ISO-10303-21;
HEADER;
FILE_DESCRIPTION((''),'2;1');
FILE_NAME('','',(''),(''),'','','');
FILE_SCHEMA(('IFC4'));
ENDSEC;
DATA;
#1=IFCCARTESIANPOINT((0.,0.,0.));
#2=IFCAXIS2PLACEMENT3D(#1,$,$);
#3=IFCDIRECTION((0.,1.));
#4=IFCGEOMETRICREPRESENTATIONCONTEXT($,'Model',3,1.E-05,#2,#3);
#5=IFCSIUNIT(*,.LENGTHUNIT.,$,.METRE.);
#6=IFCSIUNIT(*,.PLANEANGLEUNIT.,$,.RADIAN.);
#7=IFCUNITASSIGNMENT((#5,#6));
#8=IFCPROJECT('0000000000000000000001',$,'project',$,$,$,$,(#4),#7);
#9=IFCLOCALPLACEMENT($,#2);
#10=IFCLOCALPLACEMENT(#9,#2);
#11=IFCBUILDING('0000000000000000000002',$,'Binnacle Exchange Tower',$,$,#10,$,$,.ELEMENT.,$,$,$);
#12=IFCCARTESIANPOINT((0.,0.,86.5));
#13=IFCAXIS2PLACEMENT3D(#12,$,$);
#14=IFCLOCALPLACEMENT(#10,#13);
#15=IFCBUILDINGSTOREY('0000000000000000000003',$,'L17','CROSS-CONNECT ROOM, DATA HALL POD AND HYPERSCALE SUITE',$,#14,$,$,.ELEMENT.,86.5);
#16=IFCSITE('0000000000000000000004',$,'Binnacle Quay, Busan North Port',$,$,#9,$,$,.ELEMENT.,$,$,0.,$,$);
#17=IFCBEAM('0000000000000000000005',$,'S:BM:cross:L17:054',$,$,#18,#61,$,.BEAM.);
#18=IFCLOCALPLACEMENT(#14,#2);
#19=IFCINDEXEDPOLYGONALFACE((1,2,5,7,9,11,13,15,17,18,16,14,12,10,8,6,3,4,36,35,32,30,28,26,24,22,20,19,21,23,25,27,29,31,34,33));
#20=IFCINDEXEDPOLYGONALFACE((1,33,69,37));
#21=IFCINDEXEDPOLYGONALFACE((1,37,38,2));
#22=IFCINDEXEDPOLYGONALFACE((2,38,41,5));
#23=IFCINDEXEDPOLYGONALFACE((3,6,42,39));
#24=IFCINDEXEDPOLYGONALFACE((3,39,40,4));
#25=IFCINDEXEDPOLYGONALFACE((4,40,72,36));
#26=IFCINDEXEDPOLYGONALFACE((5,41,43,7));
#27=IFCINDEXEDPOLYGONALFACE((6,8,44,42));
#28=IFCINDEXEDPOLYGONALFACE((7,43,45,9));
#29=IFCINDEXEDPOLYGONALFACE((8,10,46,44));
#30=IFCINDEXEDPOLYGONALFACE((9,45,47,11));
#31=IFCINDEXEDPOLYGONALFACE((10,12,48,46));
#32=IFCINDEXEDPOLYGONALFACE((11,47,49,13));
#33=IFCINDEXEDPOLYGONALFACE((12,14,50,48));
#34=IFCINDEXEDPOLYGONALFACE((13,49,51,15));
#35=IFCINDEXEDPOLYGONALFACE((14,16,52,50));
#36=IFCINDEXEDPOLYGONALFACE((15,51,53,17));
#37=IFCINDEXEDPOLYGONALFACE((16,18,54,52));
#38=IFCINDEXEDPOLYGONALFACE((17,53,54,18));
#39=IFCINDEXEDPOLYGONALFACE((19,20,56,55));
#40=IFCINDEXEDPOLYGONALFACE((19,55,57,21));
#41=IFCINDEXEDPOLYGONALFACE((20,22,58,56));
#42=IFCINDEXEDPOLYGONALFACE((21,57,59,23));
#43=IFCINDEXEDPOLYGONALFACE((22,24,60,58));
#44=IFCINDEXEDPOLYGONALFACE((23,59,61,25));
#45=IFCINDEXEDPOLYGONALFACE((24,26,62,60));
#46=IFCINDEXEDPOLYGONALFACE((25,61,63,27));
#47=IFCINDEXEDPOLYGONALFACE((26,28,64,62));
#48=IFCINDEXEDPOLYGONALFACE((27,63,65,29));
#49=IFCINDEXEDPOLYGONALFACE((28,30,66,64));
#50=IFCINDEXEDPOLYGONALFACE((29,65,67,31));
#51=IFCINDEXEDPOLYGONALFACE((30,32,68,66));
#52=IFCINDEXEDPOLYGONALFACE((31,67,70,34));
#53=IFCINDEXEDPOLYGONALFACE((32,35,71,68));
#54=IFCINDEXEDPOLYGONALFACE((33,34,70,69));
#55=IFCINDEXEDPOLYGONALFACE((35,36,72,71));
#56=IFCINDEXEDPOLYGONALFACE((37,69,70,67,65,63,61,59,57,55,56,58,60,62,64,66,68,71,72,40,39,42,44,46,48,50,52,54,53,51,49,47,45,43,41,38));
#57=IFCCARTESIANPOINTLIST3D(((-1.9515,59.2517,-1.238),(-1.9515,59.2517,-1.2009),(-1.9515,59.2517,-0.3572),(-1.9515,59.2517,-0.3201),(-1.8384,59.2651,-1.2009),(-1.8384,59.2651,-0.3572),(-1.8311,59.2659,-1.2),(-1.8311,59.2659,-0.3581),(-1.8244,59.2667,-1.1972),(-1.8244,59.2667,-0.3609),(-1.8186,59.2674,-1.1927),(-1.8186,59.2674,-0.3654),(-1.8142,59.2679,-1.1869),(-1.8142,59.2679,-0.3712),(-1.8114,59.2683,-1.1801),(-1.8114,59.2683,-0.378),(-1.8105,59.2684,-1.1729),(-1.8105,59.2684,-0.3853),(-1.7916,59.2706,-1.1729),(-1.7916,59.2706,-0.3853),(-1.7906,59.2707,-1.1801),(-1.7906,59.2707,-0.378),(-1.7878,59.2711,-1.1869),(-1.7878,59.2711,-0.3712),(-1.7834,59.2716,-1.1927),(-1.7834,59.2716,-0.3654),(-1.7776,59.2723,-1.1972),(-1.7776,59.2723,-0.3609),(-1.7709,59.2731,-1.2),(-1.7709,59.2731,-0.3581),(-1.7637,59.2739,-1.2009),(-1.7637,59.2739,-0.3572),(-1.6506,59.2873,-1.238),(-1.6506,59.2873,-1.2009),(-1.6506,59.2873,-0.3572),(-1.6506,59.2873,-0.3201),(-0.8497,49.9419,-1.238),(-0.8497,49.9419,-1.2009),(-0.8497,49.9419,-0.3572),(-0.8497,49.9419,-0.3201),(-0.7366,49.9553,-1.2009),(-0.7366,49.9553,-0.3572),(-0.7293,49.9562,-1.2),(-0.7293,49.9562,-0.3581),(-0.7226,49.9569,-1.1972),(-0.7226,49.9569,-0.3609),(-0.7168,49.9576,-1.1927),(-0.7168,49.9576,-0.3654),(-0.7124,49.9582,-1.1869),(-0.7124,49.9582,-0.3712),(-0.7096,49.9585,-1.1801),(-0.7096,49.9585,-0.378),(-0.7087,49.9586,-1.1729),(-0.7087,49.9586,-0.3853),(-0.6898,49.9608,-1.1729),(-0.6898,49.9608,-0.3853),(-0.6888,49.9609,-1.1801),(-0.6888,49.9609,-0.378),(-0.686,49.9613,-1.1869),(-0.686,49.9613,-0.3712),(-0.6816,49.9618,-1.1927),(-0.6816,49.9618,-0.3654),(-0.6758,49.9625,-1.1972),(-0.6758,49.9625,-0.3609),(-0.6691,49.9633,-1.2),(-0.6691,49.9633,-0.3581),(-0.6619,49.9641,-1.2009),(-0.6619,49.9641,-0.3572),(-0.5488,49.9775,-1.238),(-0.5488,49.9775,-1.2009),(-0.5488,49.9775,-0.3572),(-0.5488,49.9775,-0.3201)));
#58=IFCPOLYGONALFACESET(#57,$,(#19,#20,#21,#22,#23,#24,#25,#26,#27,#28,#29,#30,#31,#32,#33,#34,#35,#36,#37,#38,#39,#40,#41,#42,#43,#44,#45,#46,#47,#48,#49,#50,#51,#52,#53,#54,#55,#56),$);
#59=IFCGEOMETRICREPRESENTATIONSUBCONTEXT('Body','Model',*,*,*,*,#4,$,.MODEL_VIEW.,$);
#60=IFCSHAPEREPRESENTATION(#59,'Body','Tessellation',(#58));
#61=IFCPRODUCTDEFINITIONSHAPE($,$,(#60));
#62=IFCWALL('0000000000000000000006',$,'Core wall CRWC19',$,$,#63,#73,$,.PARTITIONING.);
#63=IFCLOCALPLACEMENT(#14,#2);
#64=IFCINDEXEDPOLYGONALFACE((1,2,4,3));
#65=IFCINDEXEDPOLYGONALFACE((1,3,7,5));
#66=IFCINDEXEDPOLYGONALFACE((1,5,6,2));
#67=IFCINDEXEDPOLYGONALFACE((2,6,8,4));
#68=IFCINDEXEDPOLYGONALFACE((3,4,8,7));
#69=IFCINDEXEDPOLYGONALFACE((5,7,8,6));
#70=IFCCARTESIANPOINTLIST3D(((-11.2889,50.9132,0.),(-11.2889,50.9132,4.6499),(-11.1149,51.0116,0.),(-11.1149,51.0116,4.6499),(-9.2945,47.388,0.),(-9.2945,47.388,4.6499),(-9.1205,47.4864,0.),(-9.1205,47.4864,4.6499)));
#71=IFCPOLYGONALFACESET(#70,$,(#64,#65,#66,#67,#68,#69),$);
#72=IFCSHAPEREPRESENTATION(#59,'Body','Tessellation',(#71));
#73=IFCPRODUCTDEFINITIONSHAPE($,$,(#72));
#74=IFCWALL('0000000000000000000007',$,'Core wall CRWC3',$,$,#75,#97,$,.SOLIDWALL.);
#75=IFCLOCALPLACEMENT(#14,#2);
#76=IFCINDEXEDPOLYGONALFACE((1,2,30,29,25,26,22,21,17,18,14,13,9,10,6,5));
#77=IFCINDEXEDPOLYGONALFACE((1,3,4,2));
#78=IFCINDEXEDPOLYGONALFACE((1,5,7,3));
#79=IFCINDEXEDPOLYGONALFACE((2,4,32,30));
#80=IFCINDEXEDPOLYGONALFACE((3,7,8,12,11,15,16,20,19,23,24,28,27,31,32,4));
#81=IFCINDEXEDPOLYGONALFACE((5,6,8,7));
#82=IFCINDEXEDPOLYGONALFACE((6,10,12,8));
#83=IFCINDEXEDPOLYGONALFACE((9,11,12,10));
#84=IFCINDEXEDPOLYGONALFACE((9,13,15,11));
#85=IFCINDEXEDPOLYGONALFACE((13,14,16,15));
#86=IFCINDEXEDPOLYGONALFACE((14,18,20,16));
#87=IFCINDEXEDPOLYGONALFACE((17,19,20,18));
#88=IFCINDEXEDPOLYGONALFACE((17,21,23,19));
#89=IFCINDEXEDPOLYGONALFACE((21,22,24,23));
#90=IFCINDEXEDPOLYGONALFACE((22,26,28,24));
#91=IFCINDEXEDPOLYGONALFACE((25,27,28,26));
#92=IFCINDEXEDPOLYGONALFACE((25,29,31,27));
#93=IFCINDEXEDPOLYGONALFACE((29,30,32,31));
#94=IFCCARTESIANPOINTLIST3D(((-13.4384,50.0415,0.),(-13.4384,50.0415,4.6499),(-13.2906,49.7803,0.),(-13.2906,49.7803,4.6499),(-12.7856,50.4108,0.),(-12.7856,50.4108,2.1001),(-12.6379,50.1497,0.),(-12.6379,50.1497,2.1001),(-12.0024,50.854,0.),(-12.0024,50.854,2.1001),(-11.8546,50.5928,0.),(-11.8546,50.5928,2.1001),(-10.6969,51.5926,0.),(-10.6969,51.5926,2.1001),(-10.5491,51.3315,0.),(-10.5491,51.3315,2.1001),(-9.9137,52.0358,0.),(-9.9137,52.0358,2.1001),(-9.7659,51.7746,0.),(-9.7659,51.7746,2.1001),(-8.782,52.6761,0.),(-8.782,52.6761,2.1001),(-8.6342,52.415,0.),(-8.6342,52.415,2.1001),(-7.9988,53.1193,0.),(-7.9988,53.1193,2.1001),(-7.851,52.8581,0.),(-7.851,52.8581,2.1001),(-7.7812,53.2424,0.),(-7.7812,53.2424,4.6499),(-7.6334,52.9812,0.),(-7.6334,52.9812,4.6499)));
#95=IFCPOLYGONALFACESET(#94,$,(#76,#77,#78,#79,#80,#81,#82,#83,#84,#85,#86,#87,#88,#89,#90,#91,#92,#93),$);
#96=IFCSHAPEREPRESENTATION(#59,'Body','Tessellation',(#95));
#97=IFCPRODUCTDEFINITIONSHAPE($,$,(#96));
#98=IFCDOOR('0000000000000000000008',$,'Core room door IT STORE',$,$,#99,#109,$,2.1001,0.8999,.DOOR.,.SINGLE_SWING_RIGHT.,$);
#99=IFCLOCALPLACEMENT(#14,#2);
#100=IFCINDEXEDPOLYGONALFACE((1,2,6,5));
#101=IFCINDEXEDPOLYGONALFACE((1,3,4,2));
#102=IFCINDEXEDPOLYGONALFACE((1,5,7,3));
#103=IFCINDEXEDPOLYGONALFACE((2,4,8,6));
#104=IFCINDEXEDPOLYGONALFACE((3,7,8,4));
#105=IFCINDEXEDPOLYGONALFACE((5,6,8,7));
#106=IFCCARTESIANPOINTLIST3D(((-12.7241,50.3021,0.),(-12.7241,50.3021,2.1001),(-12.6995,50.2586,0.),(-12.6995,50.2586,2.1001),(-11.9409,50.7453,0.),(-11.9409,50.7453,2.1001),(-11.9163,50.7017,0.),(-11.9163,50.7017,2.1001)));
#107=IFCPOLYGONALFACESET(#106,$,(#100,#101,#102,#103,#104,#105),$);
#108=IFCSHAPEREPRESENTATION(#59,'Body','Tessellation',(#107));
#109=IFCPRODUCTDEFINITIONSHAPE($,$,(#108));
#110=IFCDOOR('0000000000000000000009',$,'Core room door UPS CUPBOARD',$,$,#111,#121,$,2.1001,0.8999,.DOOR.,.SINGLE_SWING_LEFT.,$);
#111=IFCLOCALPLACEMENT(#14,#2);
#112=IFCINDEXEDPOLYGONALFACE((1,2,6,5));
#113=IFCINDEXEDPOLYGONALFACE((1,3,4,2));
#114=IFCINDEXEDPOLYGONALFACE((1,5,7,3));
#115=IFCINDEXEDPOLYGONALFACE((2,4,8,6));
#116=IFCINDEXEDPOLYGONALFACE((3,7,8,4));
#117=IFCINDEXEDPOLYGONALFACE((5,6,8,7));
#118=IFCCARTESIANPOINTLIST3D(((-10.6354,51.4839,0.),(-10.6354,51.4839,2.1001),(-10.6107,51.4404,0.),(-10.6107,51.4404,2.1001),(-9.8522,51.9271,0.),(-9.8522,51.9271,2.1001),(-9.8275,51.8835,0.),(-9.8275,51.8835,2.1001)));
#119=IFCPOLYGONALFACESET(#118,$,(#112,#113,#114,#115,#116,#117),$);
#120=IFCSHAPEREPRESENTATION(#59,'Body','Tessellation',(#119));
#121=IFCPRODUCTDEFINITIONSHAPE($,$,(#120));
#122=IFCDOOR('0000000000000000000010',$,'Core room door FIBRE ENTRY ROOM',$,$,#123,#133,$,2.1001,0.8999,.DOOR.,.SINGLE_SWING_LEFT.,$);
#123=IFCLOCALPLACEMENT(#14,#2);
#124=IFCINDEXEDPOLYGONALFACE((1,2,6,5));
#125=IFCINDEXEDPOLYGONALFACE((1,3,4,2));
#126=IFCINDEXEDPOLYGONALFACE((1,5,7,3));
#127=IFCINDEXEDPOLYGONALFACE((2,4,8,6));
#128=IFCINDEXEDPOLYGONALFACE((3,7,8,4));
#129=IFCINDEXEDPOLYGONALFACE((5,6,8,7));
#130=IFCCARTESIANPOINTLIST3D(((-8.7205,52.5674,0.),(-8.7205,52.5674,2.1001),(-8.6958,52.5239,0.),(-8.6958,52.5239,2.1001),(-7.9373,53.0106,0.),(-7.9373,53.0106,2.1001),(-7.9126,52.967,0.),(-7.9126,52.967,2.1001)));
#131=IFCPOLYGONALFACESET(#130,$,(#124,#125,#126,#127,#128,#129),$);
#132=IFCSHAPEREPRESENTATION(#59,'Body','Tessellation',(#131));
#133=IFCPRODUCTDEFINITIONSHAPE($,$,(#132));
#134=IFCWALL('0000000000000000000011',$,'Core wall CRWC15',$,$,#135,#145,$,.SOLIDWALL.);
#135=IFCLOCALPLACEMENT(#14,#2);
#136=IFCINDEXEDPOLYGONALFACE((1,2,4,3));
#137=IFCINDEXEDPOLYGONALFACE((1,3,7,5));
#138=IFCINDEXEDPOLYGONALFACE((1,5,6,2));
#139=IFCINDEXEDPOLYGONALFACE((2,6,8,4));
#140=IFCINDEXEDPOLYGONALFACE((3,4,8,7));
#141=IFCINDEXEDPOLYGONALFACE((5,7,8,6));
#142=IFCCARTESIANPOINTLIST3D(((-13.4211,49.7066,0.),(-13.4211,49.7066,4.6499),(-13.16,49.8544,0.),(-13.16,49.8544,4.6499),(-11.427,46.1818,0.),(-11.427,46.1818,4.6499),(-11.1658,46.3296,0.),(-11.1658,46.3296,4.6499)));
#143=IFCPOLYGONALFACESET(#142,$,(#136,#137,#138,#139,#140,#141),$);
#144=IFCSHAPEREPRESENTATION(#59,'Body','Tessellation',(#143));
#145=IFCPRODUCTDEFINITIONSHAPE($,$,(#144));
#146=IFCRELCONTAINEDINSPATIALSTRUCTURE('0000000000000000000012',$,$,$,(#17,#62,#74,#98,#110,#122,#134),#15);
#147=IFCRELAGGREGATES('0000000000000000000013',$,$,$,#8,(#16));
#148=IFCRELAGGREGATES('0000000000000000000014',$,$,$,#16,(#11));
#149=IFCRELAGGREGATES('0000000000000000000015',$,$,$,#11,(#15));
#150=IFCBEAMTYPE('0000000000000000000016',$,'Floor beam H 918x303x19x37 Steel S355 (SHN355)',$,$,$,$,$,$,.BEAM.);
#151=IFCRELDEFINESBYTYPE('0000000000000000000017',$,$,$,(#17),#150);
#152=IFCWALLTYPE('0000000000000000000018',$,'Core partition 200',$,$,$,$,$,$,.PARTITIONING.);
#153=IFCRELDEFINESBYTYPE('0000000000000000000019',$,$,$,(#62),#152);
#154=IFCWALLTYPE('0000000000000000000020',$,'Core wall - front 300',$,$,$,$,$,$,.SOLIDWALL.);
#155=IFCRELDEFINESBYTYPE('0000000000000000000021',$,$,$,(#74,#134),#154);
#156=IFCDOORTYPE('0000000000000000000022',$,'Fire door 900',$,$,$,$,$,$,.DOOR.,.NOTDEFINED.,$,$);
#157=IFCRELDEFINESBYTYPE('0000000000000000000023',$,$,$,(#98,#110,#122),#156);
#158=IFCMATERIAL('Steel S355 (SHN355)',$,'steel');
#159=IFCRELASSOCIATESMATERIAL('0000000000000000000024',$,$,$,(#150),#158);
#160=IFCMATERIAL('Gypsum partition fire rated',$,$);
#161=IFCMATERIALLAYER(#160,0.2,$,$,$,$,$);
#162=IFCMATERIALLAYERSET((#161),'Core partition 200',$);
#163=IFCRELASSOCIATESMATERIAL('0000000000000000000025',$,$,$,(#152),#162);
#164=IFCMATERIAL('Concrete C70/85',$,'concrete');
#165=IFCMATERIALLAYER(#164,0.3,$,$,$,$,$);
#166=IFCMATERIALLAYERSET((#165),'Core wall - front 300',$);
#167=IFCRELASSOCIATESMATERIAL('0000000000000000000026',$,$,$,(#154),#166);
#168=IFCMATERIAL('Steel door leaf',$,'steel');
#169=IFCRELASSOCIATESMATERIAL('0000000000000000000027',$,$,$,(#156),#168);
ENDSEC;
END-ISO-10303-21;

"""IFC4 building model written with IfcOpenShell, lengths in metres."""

from ifc_helpers import new_model, si_unit, direction, frame, frame_2d, origin, origin_2d, place, context, subcontext, project, spatial, rectangle, i_section, extrude, material, layer, layer_set, material_profile, profile_set, type_object, element, fill, save


model = new_model("IFC4")

# Units and contexts
model_context = context("Model", 3, precision=1e-05, world=origin(), true_north=direction((0.0, 1.0)))
body_context = subcontext(model_context, "Body", "Model", "MODEL_VIEW")
ifc_project = project(units=[si_unit("LENGTHUNIT", "METRE"), si_unit("PLANEANGLEUNIT", "RADIAN")], contexts=[model_context])

# Site, building, storey
site_placement = place(None, origin())
site = spatial("IfcSite", under=ifc_project, at=site_placement, Name="Binnacle Quay, Busan North Port", CompositionType="ELEMENT", RefElevation=0.0)
building_placement = place(site_placement, origin())
building = spatial("IfcBuilding", under=site, at=building_placement, Name="Binnacle Exchange Tower", CompositionType="ELEMENT")
storey_placement = place(building_placement, frame((0.0, 0.0, 86.5)))
storey = spatial("IfcBuildingStorey", under=building, at=storey_placement, Name="L17", Description="CROSS-CONNECT ROOM, DATA HALL POD AND HYPERSCALE SUITE", CompositionType="ELEMENT", Elevation=86.5)

# Shared definitions
ifc_material_1 = material(Name="Concrete C70/85", Category="concrete")

# Beam
ifc_material_2 = material(Name="Steel S355 (SHN355)", Category="steel")
ifc_material_profile_1 = material_profile(ifc_material_2, i_section(OverallWidth=0.303, OverallDepth=0.918, WebThickness=0.019, FlangeThickness=0.0371, FilletRadius=0.0281, at=origin_2d()), Name="H 918x303x19x37")
ifc_profile_set_1 = profile_set([ifc_material_profile_1], Name="Steel S355 (SHN355)")
beam_type_1 = type_object("IfcBeamType", Name="Floor beam H 918x303x19x37 Steel S355 (SHN355)", PredefinedType="BEAM", material=ifc_profile_set_1)
beam_1_placement = place(storey_placement, frame((-0.6992, 49.9597, -0.7791), z_axis=(-0.117529, 0.993069, 0.0), x_axis=(-0.993069, -0.117529, 0.0)))
element("IfcBeam", 1, at=beam_1_placement, inside=storey, type_object=beam_type_1, Name="S:BM:cross:L17:054", PredefinedType="BEAM", context=body_context, shape_type="SweptSolid", body=[
    extrude(i_section(OverallWidth=0.303, OverallDepth=0.918, WebThickness=0.019, FlangeThickness=0.0371, FilletRadius=0.0281, at=origin_2d()), origin(), (0.0, 0.0, 1.0), 9.3748),
])

# Wall
ifc_material_3 = material(Name="Gypsum partition fire rated")
ifc_layer_1 = layer(ifc_material_3, 0.2)
ifc_layer_set_1 = layer_set([ifc_layer_1], Name="Core partition 200")
wall_type_1 = type_object("IfcWallType", Name="Core partition 200", PredefinedType="PARTITIONING", material=ifc_layer_set_1)
wall_1_placement = place(storey_placement, frame((-11.2019, 50.9624, 0.0), z_axis=(0.0, 0.0, 1.0), x_axis=(0.492415, -0.870361, 0.0)))
element("IfcWall", 2, at=wall_1_placement, inside=storey, type_object=wall_type_1, Name="Core wall CRWC19", PredefinedType="PARTITIONING", context=body_context, shape_type="SweptSolid", body=[
    extrude(rectangle(XDim=4.0503, YDim=0.2, at=frame_2d((2.0251, 0.0))), origin(), (0.0, 0.0, 1.0), 4.6499),
])

# Wall, openings, doors
ifc_layer_2 = layer(ifc_material_1, 0.3)
ifc_layer_set_2 = layer_set([ifc_layer_2], Name="Core wall - front 300")
wall_type_2 = type_object("IfcWallType", Name="Core wall - front 300", PredefinedType="SOLIDWALL", material=ifc_layer_set_2)
wall_2_placement = place(storey_placement, frame((-13.3645, 49.9109, 0.0), z_axis=(0.0, 0.0, 1.0), x_axis=(0.870341, 0.49245, 0.0)))
wall_2 = element("IfcWall", 3, at=wall_2_placement, inside=storey, type_object=wall_type_2, Name="Core wall CRWC3", PredefinedType="SOLIDWALL", context=body_context, shape_type="SweptSolid", body=[
    extrude(rectangle(XDim=6.5, YDim=0.3, at=frame_2d((3.25, 0.0))), origin(), (0.0, 0.0, 1.0), 4.6499),
])
opening_1_placement = place(wall_2_placement, frame((0.75, 0.0, 0.0)))
opening_1 = element("IfcOpeningElement", 4, at=opening_1_placement, cuts=wall_2, PredefinedType="OPENING", context=body_context, shape_type="SweptSolid", body=[
    extrude(rectangle(XDim=0.8999, YDim=2.1001, at=frame_2d((0.45, 1.05))), frame((0.0, 0.1599, 0.0), z_axis=(0.0, -1.0, 0.0), x_axis=(1.0, 0.0, 0.0)), (0.0, 0.0, 1.0), 0.3201),
])
opening_2_placement = place(wall_2_placement, frame((3.1499, 0.0, 0.0)))
opening_2 = element("IfcOpeningElement", 5, at=opening_2_placement, cuts=wall_2, PredefinedType="OPENING", context=body_context, shape_type="SweptSolid", body=[
    extrude(rectangle(XDim=0.8999, YDim=2.1001, at=frame_2d((0.45, 1.05))), frame((0.0, 0.1599, 0.0), z_axis=(0.0, -1.0, 0.0), x_axis=(1.0, 0.0, 0.0)), (0.0, 0.0, 1.0), 0.3201),
])
opening_3_placement = place(wall_2_placement, frame((5.3501, 0.0, 0.0)))
opening_3 = element("IfcOpeningElement", 6, at=opening_3_placement, cuts=wall_2, PredefinedType="OPENING", context=body_context, shape_type="SweptSolid", body=[
    extrude(rectangle(XDim=0.8999, YDim=2.1001, at=frame_2d((0.45, 1.05))), frame((0.0, 0.1599, 0.0), z_axis=(0.0, -1.0, 0.0), x_axis=(1.0, 0.0, 0.0)), (0.0, 0.0, 1.0), 0.3201),
])
ifc_material_4 = material(Name="Steel door leaf", Category="steel")
door_type = type_object("IfcDoorType", Name="Fire door 900", OperationType="NOTDEFINED", PredefinedType="DOOR", material=ifc_material_4)
door_1_placement = place(opening_1_placement, frame((0.8999, 0.0, 0.0), z_axis=(0.0, 0.0, 1.0), x_axis=(-1.0, 0.0, 0.0)))
door_1 = element("IfcDoor", 7, at=door_1_placement, inside=storey, type_object=door_type, Name="Core room door IT STORE", OperationType="SINGLE_SWING_RIGHT", OverallHeight=2.1001, OverallWidth=0.8999, PredefinedType="DOOR", context=body_context, shape_type="SweptSolid", body=[
    extrude(rectangle(XDim=0.8999, YDim=2.1001, at=frame_2d((0.45, 1.05))), frame((0.0, 0.0249, 0.0), z_axis=(0.0, -1.0, 0.0), x_axis=(1.0, 0.0, 0.0)), (0.0, 0.0, 1.0), 0.05),
])
fill(opening_1, door_1)
door_2_placement = place(opening_2_placement, frame((0.8999, 0.0, 0.0), z_axis=(0.0, 0.0, 1.0), x_axis=(-1.0, 0.0, 0.0)))
door_2 = element("IfcDoor", 8, at=door_2_placement, inside=storey, type_object=door_type, Name="Core room door UPS CUPBOARD", OperationType="SINGLE_SWING_LEFT", OverallHeight=2.1001, OverallWidth=0.8999, PredefinedType="DOOR", context=body_context, shape_type="SweptSolid", body=[
    extrude(rectangle(XDim=0.8999, YDim=2.1001, at=frame_2d((0.45, 1.05))), frame((0.0, 0.0249, 0.0), z_axis=(0.0, -1.0, 0.0), x_axis=(1.0, 0.0, 0.0)), (0.0, 0.0, 1.0), 0.05),
])
fill(opening_2, door_2)
door_3_placement = place(opening_3_placement, frame((0.8999, 0.0, 0.0), z_axis=(0.0, 0.0, 1.0), x_axis=(-1.0, 0.0, 0.0)))
door_3 = element("IfcDoor", 9, at=door_3_placement, inside=storey, type_object=door_type, Name="Core room door FIBRE ENTRY ROOM", OperationType="SINGLE_SWING_LEFT", OverallHeight=2.1001, OverallWidth=0.8999, PredefinedType="DOOR", context=body_context, shape_type="SweptSolid", body=[
    extrude(rectangle(XDim=0.8999, YDim=2.1001, at=frame_2d((0.45, 1.05))), frame((0.0, 0.0249, 0.0), z_axis=(0.0, -1.0, 0.0), x_axis=(1.0, 0.0, 0.0)), (0.0, 0.0, 1.0), 0.05),
])
fill(opening_3, door_3)

# Wall
wall_3_placement = place(storey_placement, frame((-13.2905, 49.7805, 0.0), z_axis=(0.0, 0.0, 1.0), x_axis=(0.492395, -0.870372, 0.0)))
element("IfcWall", 10, at=wall_3_placement, inside=storey, type_object=wall_type_2, Name="Core wall CRWC15", PredefinedType="SOLIDWALL", context=body_context, shape_type="SweptSolid", body=[
    extrude(rectangle(XDim=4.0498, YDim=0.3, at=frame_2d((2.0249, 0.0))), origin(), (0.0, 0.0, 1.0), 4.6499),
])

save(model, "model.ifc")
